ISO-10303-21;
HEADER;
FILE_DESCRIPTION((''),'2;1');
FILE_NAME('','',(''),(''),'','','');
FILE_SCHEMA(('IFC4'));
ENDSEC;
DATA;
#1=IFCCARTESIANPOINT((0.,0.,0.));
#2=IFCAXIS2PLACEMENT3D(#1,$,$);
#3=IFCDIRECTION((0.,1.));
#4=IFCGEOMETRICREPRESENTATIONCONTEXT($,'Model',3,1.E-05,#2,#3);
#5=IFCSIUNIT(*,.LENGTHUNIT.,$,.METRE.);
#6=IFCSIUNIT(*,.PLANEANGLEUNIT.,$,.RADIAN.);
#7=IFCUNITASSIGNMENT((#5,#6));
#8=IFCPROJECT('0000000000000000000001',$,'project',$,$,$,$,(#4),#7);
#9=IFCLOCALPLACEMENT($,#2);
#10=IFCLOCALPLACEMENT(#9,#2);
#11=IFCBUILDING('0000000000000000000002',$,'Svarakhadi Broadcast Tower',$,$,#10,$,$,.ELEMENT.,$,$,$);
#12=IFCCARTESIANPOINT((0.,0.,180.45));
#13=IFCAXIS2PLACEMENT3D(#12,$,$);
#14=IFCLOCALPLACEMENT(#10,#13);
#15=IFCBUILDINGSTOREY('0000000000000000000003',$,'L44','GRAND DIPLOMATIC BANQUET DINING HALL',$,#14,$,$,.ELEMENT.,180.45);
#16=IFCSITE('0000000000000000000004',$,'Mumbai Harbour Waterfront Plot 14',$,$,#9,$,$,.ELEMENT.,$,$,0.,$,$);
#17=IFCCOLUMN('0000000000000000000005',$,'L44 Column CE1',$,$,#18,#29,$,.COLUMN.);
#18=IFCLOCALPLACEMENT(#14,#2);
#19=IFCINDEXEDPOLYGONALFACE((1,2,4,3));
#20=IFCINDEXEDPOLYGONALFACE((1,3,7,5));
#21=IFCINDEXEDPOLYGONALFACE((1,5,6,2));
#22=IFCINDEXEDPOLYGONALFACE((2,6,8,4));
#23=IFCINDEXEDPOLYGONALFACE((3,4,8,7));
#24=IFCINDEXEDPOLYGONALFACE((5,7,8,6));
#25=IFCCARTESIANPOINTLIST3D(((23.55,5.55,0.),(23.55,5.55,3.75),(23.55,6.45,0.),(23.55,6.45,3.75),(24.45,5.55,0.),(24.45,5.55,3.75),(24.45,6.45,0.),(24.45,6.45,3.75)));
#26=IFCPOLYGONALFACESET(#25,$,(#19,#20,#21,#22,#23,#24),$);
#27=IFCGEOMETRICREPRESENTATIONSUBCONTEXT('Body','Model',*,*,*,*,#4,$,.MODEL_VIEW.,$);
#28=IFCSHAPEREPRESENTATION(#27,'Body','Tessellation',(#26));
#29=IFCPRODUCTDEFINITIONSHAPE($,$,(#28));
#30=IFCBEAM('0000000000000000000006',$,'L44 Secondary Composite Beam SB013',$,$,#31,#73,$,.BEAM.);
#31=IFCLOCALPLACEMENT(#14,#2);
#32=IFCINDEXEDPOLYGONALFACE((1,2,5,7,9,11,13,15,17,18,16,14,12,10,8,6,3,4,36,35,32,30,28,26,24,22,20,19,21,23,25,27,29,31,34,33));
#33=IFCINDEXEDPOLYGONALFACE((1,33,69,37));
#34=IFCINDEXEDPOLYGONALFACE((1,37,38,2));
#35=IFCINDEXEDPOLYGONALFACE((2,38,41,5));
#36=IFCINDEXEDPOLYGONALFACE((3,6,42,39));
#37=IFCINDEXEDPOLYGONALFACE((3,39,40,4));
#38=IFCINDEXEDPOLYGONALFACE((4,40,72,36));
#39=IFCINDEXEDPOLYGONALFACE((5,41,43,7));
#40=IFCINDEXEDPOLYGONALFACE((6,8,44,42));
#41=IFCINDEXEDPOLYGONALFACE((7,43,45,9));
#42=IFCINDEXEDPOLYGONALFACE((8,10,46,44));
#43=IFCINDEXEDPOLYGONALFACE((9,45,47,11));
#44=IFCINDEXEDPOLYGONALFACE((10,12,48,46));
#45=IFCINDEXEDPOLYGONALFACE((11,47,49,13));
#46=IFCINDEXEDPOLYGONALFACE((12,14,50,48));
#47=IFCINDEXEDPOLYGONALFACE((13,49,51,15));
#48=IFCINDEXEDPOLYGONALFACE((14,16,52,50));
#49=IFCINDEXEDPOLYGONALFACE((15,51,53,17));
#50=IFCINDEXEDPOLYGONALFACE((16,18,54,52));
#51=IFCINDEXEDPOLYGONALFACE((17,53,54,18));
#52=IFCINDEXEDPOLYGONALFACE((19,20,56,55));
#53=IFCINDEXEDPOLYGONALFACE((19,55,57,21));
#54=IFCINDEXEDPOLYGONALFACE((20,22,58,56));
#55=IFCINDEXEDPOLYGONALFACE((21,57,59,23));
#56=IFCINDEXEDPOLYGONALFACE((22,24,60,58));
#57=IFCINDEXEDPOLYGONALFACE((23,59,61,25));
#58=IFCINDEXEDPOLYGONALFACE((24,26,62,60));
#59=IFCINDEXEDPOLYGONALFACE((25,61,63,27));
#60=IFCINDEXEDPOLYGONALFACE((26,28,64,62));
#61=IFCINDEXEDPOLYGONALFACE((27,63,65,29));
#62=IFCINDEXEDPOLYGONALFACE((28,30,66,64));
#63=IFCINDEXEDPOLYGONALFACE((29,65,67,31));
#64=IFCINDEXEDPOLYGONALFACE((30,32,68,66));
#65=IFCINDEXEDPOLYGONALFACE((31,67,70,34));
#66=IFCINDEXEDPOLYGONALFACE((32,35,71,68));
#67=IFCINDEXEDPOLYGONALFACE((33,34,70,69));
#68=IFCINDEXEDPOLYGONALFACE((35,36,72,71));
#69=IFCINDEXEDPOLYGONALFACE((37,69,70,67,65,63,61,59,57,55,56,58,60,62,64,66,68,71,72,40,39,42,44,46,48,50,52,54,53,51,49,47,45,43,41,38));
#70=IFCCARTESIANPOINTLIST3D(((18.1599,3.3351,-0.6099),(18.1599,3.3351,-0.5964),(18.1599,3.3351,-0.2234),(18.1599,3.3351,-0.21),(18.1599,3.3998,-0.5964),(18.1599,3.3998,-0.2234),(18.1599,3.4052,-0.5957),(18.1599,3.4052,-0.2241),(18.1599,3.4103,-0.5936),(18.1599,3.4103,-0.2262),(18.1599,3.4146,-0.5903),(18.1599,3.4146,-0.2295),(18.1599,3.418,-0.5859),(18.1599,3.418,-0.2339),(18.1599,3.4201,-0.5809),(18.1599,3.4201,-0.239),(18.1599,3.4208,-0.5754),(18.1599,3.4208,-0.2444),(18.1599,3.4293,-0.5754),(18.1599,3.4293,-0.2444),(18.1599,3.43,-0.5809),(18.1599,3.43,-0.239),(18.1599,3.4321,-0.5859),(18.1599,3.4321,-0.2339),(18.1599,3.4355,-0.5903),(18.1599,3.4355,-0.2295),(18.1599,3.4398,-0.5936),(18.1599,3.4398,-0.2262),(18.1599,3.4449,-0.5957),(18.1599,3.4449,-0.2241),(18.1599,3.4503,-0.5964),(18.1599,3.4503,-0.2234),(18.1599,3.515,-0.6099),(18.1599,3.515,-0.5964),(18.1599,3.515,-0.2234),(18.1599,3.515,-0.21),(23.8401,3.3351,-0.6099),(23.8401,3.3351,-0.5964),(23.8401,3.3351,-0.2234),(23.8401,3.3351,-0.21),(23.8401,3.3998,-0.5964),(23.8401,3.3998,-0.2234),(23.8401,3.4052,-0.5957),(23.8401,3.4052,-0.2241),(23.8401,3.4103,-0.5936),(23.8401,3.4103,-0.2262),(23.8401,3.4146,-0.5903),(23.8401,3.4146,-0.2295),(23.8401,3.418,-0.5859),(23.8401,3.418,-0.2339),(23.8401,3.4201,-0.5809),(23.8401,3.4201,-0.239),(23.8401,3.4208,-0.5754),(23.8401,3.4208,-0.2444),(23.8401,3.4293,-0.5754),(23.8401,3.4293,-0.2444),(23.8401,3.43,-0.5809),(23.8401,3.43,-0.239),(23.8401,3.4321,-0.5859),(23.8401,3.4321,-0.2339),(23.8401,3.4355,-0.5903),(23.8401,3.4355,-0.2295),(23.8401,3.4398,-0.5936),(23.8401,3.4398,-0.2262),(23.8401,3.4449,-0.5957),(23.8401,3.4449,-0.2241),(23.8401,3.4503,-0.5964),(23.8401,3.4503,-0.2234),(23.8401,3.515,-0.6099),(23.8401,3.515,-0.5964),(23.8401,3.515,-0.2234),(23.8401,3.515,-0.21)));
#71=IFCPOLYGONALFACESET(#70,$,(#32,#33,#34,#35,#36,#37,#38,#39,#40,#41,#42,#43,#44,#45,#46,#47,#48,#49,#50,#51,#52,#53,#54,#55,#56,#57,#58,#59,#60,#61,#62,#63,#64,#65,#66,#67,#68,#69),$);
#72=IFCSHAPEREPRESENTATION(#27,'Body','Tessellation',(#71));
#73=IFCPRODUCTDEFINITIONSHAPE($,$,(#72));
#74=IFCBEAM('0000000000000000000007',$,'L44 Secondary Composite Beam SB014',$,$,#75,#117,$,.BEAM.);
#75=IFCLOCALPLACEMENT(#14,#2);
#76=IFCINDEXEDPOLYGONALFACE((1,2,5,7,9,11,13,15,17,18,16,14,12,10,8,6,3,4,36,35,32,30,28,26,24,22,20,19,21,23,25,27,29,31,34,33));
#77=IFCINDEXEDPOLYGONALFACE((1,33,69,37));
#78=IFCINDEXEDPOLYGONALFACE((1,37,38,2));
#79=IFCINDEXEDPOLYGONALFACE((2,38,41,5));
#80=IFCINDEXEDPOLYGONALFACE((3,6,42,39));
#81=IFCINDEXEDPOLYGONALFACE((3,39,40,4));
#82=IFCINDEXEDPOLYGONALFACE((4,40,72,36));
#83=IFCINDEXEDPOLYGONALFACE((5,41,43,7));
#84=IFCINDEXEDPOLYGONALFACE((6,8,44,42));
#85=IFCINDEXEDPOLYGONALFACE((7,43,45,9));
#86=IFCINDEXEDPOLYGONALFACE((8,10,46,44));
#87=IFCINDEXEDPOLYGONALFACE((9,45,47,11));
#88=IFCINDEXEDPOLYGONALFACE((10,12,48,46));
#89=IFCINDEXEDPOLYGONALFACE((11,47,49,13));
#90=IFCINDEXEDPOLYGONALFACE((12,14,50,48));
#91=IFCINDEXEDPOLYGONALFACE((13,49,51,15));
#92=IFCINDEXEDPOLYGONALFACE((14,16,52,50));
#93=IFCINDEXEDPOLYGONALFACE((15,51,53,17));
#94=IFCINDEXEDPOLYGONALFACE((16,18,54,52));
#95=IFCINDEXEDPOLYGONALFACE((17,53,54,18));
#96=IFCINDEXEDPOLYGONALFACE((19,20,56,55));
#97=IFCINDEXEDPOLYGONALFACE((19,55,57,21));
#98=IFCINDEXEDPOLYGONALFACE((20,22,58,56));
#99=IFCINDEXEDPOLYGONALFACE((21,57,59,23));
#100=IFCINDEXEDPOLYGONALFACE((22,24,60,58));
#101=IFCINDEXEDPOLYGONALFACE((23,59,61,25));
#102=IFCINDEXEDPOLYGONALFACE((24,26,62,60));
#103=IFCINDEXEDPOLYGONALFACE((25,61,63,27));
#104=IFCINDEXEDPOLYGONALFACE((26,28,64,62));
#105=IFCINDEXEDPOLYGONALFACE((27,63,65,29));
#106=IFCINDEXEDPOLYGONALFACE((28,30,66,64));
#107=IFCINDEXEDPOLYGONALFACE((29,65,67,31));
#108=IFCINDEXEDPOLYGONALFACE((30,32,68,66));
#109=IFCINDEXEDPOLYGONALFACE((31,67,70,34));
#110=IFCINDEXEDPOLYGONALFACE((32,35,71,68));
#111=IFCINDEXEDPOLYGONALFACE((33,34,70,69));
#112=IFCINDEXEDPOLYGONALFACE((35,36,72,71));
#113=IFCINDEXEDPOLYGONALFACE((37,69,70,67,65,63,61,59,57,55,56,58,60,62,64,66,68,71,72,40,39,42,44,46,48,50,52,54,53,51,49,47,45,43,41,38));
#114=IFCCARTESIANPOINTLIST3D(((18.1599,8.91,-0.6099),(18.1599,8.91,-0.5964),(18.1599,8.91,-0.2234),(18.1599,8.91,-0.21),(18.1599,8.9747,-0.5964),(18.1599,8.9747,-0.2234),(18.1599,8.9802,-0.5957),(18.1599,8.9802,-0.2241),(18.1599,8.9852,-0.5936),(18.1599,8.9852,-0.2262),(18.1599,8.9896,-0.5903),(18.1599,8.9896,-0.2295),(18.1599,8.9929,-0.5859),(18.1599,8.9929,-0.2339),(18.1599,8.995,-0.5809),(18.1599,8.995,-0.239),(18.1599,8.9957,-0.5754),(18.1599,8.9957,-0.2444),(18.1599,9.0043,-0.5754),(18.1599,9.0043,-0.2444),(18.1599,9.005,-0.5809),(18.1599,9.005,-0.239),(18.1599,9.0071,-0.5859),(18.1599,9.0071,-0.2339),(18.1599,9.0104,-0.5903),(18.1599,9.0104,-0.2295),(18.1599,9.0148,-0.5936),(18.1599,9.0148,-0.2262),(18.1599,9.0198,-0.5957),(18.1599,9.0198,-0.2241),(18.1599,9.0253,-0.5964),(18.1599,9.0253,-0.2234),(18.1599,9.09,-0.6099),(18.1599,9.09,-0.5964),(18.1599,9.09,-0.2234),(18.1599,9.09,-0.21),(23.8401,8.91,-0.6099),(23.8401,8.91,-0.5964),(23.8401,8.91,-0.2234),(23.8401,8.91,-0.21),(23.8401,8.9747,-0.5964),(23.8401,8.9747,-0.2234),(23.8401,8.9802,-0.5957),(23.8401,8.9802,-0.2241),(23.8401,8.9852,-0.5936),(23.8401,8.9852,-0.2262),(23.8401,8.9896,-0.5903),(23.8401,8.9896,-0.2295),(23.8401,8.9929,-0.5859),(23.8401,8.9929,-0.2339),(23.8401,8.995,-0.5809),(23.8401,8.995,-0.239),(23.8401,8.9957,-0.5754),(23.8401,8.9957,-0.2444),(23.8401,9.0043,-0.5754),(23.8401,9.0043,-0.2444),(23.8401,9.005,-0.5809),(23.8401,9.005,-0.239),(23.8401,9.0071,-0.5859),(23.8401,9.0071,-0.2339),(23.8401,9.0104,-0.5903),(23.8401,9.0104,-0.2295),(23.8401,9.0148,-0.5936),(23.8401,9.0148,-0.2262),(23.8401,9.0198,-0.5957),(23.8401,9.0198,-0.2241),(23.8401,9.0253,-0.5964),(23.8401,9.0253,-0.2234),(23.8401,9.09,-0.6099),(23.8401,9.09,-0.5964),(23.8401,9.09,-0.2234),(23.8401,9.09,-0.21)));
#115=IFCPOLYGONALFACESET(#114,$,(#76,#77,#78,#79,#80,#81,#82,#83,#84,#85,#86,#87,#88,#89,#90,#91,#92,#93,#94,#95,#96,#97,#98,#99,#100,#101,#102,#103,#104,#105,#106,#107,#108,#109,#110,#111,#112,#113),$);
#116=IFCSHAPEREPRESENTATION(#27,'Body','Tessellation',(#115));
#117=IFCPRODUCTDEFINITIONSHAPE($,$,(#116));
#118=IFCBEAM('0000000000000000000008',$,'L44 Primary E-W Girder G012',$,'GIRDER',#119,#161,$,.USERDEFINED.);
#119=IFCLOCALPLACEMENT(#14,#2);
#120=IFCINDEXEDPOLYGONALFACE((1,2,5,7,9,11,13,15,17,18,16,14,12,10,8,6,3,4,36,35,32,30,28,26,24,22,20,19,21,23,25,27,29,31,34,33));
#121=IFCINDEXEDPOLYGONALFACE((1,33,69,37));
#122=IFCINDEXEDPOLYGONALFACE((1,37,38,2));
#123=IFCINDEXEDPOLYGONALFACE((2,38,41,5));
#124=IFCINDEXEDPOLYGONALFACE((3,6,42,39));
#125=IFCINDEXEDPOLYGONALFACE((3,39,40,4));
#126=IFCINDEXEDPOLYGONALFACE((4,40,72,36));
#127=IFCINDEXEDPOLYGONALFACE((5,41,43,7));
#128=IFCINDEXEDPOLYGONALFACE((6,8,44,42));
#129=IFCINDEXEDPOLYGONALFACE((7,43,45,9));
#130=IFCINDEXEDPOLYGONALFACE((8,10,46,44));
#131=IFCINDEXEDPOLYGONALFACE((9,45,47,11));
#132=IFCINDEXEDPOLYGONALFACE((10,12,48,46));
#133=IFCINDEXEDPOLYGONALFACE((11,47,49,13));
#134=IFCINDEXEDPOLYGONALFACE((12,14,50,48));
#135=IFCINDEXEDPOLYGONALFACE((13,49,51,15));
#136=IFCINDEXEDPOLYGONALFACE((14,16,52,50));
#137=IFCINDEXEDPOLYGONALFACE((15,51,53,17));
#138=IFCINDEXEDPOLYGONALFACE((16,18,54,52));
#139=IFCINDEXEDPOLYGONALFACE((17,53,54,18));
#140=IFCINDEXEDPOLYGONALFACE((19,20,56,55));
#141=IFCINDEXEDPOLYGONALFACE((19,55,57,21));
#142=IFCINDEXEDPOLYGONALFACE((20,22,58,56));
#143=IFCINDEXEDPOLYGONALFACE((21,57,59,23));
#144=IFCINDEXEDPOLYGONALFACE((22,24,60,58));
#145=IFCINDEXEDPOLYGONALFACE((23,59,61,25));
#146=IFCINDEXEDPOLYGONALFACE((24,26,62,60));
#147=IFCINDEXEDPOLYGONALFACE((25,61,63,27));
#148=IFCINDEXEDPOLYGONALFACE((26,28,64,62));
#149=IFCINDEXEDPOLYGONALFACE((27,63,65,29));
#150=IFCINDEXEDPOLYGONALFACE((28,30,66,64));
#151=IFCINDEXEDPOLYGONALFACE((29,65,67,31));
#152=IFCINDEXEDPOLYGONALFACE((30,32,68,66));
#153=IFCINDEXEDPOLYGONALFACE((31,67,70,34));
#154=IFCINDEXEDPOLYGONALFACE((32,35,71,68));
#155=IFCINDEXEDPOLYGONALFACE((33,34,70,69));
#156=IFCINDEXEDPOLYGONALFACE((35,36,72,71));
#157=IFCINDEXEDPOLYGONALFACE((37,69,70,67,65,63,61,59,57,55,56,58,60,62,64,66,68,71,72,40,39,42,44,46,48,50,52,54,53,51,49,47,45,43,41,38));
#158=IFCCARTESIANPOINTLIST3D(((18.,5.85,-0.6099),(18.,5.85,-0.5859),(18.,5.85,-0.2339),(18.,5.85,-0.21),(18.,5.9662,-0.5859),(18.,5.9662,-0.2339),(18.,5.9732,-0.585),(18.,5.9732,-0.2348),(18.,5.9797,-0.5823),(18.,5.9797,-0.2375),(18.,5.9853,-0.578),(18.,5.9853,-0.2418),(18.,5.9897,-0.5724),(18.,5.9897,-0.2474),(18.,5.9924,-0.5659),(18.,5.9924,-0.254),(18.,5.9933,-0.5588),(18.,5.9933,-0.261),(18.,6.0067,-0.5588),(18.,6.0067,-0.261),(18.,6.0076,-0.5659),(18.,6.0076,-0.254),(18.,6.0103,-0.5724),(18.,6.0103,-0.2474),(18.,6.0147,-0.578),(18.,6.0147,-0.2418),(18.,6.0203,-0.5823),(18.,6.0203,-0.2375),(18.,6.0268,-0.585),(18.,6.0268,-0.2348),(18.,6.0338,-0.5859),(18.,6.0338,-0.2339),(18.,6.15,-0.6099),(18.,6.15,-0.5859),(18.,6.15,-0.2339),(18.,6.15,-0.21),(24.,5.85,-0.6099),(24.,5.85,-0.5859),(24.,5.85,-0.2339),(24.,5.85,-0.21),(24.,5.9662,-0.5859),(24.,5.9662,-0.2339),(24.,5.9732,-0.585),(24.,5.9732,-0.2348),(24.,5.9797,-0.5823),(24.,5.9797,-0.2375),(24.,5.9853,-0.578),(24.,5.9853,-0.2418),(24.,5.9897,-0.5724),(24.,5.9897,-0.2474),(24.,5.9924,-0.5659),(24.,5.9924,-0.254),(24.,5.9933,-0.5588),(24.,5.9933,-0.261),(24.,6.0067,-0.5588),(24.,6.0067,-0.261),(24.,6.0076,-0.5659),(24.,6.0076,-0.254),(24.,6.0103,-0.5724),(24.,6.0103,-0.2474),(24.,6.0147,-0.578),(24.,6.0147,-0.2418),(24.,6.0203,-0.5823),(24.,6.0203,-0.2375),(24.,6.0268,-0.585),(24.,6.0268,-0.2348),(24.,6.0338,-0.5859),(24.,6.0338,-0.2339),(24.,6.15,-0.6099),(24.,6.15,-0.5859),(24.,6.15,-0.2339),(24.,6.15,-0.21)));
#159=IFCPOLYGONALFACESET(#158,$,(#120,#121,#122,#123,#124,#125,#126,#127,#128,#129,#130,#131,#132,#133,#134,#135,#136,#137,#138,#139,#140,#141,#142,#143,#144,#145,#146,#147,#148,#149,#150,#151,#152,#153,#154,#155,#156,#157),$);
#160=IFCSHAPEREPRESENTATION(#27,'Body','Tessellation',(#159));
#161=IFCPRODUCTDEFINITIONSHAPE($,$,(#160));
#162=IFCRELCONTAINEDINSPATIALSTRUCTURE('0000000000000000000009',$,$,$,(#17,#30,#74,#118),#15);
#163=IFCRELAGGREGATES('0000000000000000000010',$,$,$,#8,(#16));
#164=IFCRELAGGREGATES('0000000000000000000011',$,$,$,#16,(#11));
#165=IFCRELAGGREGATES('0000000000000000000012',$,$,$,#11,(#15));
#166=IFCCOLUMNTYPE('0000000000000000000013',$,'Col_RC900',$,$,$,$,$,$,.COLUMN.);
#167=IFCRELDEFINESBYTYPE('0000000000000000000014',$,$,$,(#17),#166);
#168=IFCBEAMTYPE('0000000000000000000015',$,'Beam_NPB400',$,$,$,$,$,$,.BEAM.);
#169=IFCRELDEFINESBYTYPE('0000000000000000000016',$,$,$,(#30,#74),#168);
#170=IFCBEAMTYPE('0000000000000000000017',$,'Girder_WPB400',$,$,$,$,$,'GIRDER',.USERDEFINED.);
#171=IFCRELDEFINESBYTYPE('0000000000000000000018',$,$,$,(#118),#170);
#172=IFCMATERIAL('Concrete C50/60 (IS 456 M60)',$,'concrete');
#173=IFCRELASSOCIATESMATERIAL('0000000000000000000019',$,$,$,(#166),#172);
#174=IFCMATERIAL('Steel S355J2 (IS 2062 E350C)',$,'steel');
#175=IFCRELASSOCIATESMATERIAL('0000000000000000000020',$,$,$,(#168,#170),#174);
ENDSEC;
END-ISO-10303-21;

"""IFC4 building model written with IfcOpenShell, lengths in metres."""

from ifc_helpers import new_model, si_unit, direction, frame, origin, origin_2d, place, context, subcontext, project, spatial, rectangle, i_section, extrude, material, material_profile, profile_set, type_object, element, save


model = new_model("IFC4")

# Units and contexts
model_context = context("Model", 3, precision=1e-05, world=origin(), true_north=direction((0.0, 1.0)))
body_context = subcontext(model_context, "Body", "Model", "MODEL_VIEW")
ifc_project = project(units=[si_unit("LENGTHUNIT", "METRE"), si_unit("PLANEANGLEUNIT", "RADIAN")], contexts=[model_context])

# Site, building, storey
site_placement = place(None, origin())
site = spatial("IfcSite", under=ifc_project, at=site_placement, Name="Mumbai Harbour Waterfront Plot 14", CompositionType="ELEMENT", RefElevation=0.0)
building_placement = place(site_placement, origin())
building = spatial("IfcBuilding", under=site, at=building_placement, Name="Svarakhadi Broadcast Tower", CompositionType="ELEMENT")
storey_placement = place(building_placement, frame((0.0, 0.0, 180.45)))
storey = spatial("IfcBuildingStorey", under=building, at=storey_placement, Name="L44", Description="GRAND DIPLOMATIC BANQUET DINING HALL", CompositionType="ELEMENT", Elevation=180.45)

# Column
ifc_material_1 = material(Name="Concrete C50/60 (IS 456 M60)", Category="concrete")
ifc_material_profile_1 = material_profile(ifc_material_1, rectangle(XDim=0.8999, YDim=0.8999, at=origin_2d()), Name="RC 900x900")
ifc_profile_set_1 = profile_set([ifc_material_profile_1], Name="Concrete C50/60 (IS 456 M60)")
column_type = type_object("IfcColumnType", Name="Col_RC900", PredefinedType="COLUMN", material=ifc_profile_set_1)
column_placement = place(storey_placement, frame((24.0, 6.0, 0.0), z_axis=(0.0, 0.0, 1.0), x_axis=(1.0, 0.0, 0.0)))
element("IfcColumn", 1, at=column_placement, inside=storey, type_object=column_type, Name="L44 Column CE1", PredefinedType="COLUMN", context=body_context, shape_type="SweptSolid", body=[
    extrude(rectangle(XDim=0.8999, YDim=0.8999, at=origin_2d()), origin(), (0.0, 0.0, 1.0), 3.75),
])

# Beams
ifc_material_2 = material(Name="Steel S355J2 (IS 2062 E350C)", Category="steel")
ifc_material_profile_2 = material_profile(ifc_material_2, i_section(OverallWidth=0.1799, OverallDepth=0.3999, WebThickness=0.0085, FlangeThickness=0.0134, FilletRadius=0.021, at=origin_2d()), Name="NPB 400x180x66")
ifc_profile_set_2 = profile_set([ifc_material_profile_2], Name="Steel S355J2 (IS 2062 E350C)")
beam_type_1 = type_object("IfcBeamType", Name="Beam_NPB400", PredefinedType="BEAM", material=ifc_profile_set_2)
for number, where, z_axis, x_axis, name in (
    (2, (18.1599, 3.425, -0.4099), (1.0, 0.0, 0.0), (0.0, 1.0, 0.0), "L44 Secondary Composite Beam SB013"),
    (3, (18.1599, 9.0, -0.4099), (1.0, 0.0, 0.0), (0.0, 1.0, 0.0), "L44 Secondary Composite Beam SB014"),
):
    element("IfcBeam", number, at=place(storey_placement, frame(where, z_axis=z_axis, x_axis=x_axis)), inside=storey, type_object=beam_type_1, Name=name, PredefinedType="BEAM", context=body_context, shape_type="SweptSolid", body=[
        extrude(i_section(OverallWidth=0.1799, OverallDepth=0.3999, WebThickness=0.0085, FlangeThickness=0.0134, FilletRadius=0.021, at=origin_2d()), origin(), (0.0, 0.0, 1.0), 5.6802),
    ])
ifc_material_profile_3 = material_profile(ifc_material_2, i_section(OverallWidth=0.3, OverallDepth=0.3999, WebThickness=0.0134, FlangeThickness=0.0239, FilletRadius=0.0271, at=origin_2d()), Name="WPB 400x300x155")
ifc_profile_set_3 = profile_set([ifc_material_profile_3], Name="Steel S355J2 (IS 2062 E350C)")
beam_type_2 = type_object("IfcBeamType", Name="Girder_WPB400", ElementType="GIRDER", PredefinedType="USERDEFINED", material=ifc_profile_set_3)
for number, where, z_axis, x_axis, name in (
    (4, (18.0, 6.0, -0.4099), (1.0, 0.0, 0.0), (0.0, 1.0, 0.0), "L44 Primary E-W Girder G012"),
):
    element("IfcBeam", number, at=place(storey_placement, frame(where, z_axis=z_axis, x_axis=x_axis)), inside=storey, type_object=beam_type_2, Name=name, ObjectType="GIRDER", PredefinedType="USERDEFINED", context=body_context, shape_type="SweptSolid", body=[
        extrude(i_section(OverallWidth=0.3, OverallDepth=0.3999, WebThickness=0.0134, FlangeThickness=0.0239, FilletRadius=0.0271, at=origin_2d()), origin(), (0.0, 0.0, 1.0), 6.0),
    ])

save(model, "model.ifc")
